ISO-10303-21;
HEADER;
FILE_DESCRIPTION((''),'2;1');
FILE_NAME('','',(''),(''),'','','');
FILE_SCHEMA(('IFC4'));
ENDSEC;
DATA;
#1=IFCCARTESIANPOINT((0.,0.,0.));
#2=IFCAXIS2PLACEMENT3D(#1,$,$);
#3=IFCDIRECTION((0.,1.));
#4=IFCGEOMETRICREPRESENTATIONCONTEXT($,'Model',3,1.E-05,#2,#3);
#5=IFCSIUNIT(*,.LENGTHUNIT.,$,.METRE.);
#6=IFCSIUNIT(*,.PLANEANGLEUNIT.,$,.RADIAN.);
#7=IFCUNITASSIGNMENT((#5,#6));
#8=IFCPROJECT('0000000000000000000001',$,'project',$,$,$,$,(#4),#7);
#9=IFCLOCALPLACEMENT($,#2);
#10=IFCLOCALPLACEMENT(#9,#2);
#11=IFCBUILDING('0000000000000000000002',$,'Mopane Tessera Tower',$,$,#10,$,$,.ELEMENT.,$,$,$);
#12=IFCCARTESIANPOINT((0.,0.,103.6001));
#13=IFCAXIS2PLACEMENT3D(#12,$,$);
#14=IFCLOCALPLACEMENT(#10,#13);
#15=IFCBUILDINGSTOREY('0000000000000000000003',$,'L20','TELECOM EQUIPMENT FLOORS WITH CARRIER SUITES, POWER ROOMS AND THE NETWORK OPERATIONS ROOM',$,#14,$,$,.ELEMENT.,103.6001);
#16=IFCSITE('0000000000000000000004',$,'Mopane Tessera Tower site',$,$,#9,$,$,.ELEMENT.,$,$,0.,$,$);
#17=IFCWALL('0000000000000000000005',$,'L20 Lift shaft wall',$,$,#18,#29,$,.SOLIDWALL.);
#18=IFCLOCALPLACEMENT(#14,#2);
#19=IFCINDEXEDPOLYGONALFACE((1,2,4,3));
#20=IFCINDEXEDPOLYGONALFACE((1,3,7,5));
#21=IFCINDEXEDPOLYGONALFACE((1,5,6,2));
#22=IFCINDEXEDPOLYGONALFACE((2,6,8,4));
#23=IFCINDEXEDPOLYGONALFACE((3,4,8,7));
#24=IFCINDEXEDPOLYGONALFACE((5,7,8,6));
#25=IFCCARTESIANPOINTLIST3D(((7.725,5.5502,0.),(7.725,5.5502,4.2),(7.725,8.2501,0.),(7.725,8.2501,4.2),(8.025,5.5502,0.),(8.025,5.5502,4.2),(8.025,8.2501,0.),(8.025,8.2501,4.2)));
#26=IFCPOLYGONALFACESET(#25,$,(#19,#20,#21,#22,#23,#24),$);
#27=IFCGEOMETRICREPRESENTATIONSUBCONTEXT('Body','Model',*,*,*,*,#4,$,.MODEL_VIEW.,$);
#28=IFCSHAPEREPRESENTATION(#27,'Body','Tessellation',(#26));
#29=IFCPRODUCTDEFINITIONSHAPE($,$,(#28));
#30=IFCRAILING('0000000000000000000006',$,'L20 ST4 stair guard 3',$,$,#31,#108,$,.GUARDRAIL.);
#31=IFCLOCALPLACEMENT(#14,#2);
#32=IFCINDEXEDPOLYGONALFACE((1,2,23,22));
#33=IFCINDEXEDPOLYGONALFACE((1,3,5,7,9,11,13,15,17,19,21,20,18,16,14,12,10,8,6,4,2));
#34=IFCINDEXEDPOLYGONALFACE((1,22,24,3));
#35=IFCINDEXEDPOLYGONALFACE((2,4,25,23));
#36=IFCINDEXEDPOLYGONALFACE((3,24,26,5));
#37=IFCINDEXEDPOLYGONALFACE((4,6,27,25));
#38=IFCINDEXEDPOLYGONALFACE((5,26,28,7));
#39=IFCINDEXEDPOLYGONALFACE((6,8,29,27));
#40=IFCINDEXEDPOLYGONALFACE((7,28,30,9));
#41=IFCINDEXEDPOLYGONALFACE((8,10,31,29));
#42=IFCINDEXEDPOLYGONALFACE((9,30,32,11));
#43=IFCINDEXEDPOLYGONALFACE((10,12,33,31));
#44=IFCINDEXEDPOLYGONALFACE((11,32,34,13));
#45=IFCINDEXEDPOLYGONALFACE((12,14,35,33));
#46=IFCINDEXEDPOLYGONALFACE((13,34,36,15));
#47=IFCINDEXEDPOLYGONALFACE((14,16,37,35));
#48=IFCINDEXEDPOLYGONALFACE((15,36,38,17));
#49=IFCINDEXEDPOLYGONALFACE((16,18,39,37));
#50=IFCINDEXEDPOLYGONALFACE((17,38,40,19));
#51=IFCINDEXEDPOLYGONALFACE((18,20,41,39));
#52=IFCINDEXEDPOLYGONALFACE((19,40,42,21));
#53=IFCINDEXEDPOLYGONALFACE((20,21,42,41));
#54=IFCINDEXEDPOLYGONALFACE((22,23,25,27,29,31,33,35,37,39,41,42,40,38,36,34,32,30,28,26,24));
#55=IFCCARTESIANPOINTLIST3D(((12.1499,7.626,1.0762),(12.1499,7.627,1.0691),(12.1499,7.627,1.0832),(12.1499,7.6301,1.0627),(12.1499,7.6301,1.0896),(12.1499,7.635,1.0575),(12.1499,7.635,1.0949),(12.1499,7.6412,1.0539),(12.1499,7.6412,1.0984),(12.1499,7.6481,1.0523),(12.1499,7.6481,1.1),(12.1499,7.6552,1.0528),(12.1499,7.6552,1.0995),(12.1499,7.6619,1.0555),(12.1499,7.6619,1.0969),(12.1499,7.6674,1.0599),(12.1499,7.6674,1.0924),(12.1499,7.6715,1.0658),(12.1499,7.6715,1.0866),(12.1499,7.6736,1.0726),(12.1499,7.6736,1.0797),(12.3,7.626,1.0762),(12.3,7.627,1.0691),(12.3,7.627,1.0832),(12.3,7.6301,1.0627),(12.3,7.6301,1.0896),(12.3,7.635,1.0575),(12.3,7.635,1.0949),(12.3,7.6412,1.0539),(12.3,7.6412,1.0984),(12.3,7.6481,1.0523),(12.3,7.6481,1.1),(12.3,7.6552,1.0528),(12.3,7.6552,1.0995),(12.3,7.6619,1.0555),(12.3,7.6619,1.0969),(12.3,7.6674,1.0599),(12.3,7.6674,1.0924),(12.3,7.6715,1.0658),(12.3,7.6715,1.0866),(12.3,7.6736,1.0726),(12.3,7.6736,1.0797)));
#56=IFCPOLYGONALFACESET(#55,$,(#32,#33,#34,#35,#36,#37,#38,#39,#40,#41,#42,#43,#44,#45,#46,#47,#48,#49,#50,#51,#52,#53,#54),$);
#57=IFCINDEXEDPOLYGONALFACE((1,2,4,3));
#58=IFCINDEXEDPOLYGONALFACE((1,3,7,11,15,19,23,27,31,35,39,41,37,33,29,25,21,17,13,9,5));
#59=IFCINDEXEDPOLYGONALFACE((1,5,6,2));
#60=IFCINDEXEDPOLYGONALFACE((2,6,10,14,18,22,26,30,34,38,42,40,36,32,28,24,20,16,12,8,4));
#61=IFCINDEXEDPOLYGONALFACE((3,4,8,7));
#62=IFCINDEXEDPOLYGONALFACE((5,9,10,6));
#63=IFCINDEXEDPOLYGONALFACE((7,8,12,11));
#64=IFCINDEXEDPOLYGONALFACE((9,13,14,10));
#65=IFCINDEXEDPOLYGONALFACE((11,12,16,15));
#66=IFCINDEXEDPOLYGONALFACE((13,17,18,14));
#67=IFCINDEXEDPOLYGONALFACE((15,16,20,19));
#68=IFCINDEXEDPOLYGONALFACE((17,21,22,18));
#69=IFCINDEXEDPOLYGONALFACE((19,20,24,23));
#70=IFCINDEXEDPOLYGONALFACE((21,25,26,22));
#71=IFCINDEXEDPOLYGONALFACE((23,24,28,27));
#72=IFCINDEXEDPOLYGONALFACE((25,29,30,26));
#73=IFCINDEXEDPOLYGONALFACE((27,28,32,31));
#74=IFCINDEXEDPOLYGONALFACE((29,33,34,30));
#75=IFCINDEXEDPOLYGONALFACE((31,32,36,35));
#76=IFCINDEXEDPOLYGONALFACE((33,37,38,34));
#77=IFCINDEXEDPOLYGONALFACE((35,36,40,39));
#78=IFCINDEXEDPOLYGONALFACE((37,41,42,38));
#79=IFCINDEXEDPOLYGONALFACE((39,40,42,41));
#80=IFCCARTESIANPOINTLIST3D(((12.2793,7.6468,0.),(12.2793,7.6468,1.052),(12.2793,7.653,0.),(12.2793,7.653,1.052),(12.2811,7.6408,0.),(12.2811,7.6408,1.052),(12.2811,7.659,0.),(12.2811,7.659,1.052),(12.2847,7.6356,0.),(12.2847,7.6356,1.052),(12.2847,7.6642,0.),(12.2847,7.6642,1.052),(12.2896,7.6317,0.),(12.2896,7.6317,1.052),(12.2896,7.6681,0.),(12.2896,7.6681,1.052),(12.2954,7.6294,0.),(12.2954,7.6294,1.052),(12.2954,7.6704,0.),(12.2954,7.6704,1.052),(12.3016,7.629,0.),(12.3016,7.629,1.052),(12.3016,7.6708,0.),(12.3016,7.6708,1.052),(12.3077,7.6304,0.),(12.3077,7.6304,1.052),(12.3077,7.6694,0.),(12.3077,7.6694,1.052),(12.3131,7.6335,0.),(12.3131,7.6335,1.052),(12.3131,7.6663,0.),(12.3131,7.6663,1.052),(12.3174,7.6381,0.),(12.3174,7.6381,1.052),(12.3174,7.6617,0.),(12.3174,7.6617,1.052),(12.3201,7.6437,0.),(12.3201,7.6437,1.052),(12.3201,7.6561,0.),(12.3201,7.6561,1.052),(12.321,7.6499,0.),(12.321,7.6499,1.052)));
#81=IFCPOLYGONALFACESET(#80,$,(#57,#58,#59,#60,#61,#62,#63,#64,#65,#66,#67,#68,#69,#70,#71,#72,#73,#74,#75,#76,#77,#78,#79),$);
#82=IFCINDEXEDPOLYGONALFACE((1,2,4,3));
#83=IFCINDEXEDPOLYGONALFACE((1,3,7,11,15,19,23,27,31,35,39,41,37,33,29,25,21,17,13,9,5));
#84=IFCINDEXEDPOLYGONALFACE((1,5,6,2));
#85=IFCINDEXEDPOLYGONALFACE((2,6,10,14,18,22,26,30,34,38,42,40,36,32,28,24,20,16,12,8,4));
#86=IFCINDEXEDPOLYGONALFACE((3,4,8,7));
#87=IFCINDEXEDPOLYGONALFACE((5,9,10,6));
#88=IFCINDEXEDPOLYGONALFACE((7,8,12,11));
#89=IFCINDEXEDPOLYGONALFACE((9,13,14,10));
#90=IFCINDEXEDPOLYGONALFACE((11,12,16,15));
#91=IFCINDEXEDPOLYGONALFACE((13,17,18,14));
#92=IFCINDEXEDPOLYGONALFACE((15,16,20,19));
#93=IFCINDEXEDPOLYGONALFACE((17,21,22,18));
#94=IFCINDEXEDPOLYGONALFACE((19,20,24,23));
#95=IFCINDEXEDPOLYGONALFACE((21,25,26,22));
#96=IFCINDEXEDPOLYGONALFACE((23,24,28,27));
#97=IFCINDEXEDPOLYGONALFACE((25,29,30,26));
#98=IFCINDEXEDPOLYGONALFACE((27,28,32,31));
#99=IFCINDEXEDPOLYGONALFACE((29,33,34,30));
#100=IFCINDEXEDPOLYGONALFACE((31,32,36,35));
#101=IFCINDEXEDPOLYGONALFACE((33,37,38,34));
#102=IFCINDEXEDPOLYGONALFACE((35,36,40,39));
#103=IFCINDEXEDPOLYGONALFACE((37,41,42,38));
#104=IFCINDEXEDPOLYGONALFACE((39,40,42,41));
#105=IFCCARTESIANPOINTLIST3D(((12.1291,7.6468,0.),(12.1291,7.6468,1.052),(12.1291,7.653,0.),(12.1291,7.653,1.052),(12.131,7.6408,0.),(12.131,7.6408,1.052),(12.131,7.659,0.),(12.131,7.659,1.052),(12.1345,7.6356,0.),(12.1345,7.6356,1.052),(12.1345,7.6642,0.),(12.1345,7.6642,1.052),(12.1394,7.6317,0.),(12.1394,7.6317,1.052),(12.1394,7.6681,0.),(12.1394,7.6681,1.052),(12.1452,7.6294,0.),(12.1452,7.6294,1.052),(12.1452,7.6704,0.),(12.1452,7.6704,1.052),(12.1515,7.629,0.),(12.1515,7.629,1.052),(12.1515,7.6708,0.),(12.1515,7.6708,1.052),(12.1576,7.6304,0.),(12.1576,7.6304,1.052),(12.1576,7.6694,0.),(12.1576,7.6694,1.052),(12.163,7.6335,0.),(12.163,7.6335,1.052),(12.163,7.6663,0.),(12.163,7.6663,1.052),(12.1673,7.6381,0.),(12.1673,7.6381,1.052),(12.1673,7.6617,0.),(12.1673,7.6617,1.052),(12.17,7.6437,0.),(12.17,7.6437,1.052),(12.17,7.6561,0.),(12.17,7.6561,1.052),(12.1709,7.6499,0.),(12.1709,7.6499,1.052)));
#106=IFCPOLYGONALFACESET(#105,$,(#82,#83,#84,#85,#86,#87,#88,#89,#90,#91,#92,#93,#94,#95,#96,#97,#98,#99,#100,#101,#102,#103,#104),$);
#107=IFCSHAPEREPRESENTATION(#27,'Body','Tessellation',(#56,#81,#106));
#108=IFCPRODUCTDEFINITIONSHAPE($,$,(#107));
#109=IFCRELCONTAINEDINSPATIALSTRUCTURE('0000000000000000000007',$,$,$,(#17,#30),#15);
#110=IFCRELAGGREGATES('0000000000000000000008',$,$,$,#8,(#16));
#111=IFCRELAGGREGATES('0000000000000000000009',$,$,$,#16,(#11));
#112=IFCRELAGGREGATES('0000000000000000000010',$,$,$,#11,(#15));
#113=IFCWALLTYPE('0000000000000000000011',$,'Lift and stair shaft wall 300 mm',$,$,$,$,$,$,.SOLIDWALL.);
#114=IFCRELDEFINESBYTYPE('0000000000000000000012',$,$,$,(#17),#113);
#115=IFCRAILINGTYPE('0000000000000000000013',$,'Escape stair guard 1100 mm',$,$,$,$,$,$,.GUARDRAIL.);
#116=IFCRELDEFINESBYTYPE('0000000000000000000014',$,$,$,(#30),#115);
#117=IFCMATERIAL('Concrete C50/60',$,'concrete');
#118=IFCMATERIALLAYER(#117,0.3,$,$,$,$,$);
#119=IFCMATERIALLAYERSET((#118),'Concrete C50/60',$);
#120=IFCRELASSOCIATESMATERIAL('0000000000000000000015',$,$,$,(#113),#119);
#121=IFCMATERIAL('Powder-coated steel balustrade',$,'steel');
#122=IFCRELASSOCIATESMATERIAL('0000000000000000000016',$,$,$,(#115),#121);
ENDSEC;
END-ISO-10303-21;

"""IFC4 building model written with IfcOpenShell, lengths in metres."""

from ifc_helpers import new_model, si_unit, direction, frame, frame_2d, origin, origin_2d, place, context, subcontext, project, spatial, rectangle, circle, extrude, material, layer, layer_set, type_object, element, save


model = new_model("IFC4")

# Units and contexts
model_context = context("Model", 3, precision=1e-05, world=origin(), true_north=direction((0.0, 1.0)))
body_context = subcontext(model_context, "Body", "Model", "MODEL_VIEW")
ifc_project = project(units=[si_unit("LENGTHUNIT", "METRE"), si_unit("PLANEANGLEUNIT", "RADIAN")], contexts=[model_context])

# Site, building, storey
site_placement = place(None, origin())
site = spatial("IfcSite", under=ifc_project, at=site_placement, Name="Mopane Tessera Tower site", CompositionType="ELEMENT", RefElevation=0.0)
building_placement = place(site_placement, origin())
building = spatial("IfcBuilding", under=site, at=building_placement, Name="Mopane Tessera Tower", CompositionType="ELEMENT")
storey_placement = place(building_placement, frame((0.0, 0.0, 103.6001)))
storey = spatial("IfcBuildingStorey", under=building, at=storey_placement, Name="L20", Description="TELECOM EQUIPMENT FLOORS WITH CARRIER SUITES, POWER ROOMS AND THE NETWORK OPERATIONS ROOM", CompositionType="ELEMENT", Elevation=103.6001)

# Shared definitions
ifc_material_1 = material(Name="Concrete C50/60", Category="concrete")
ifc_layer_1 = layer(ifc_material_1, 0.3)
ifc_layer_set_1 = layer_set([ifc_layer_1], Name="Concrete C50/60")
wall_type_1 = type_object("IfcWallType", Name="Lift and stair shaft wall 300 mm", PredefinedType="SOLIDWALL", material=ifc_layer_set_1)

# Wall
for number, where, z_axis, x_axis, name in (
    (1, (7.875, 5.55, 0.0), (0.0, 0.0, 1.0), (0.0, 1.0, 0.0), "L20 Lift shaft wall"),
):
    element("IfcWall", number, at=place(storey_placement, frame(where, z_axis=z_axis, x_axis=x_axis)), inside=storey, type_object=wall_type_1, Name=name, PredefinedType="SOLIDWALL", context=body_context, shape_type="SweptSolid", body=[
        extrude(rectangle(XDim=2.7, YDim=0.3, at=frame_2d((1.3501, 0.0))), origin(), (0.0, 0.0, 1.0), 4.2),
    ])

# Railing
ifc_material_2 = material(Name="Powder-coated steel balustrade", Category="steel")
railing_type = type_object("IfcRailingType", Name="Escape stair guard 1100 mm", PredefinedType="GUARDRAIL", material=ifc_material_2)
railing_placement = place(storey_placement, frame((12.3, 7.6499, 0.0)))
element("IfcRailing", 2, at=railing_placement, inside=storey, type_object=railing_type, Name="L20 ST4 stair guard 3", PredefinedType="GUARDRAIL", context=body_context, shape_type="SweptSolid", body=[
    extrude(circle(Radius=0.0239, at=origin_2d()), frame((0.0, 0.0, 1.0762), z_axis=(-1.0, 0.0, 0.0), x_axis=(0.0, -1.0, 0.0)), (0.0, 0.0, 1.0), 0.1501),
    extrude(circle(Radius=0.021, at=origin_2d()), origin(), (0.0, 0.0, 1.0), 1.052),
    extrude(circle(Radius=0.021, at=origin_2d()), frame((-0.1501, 0.0, 0.0)), (0.0, 0.0, 1.0), 1.052),
])

save(model, "model.ifc")
